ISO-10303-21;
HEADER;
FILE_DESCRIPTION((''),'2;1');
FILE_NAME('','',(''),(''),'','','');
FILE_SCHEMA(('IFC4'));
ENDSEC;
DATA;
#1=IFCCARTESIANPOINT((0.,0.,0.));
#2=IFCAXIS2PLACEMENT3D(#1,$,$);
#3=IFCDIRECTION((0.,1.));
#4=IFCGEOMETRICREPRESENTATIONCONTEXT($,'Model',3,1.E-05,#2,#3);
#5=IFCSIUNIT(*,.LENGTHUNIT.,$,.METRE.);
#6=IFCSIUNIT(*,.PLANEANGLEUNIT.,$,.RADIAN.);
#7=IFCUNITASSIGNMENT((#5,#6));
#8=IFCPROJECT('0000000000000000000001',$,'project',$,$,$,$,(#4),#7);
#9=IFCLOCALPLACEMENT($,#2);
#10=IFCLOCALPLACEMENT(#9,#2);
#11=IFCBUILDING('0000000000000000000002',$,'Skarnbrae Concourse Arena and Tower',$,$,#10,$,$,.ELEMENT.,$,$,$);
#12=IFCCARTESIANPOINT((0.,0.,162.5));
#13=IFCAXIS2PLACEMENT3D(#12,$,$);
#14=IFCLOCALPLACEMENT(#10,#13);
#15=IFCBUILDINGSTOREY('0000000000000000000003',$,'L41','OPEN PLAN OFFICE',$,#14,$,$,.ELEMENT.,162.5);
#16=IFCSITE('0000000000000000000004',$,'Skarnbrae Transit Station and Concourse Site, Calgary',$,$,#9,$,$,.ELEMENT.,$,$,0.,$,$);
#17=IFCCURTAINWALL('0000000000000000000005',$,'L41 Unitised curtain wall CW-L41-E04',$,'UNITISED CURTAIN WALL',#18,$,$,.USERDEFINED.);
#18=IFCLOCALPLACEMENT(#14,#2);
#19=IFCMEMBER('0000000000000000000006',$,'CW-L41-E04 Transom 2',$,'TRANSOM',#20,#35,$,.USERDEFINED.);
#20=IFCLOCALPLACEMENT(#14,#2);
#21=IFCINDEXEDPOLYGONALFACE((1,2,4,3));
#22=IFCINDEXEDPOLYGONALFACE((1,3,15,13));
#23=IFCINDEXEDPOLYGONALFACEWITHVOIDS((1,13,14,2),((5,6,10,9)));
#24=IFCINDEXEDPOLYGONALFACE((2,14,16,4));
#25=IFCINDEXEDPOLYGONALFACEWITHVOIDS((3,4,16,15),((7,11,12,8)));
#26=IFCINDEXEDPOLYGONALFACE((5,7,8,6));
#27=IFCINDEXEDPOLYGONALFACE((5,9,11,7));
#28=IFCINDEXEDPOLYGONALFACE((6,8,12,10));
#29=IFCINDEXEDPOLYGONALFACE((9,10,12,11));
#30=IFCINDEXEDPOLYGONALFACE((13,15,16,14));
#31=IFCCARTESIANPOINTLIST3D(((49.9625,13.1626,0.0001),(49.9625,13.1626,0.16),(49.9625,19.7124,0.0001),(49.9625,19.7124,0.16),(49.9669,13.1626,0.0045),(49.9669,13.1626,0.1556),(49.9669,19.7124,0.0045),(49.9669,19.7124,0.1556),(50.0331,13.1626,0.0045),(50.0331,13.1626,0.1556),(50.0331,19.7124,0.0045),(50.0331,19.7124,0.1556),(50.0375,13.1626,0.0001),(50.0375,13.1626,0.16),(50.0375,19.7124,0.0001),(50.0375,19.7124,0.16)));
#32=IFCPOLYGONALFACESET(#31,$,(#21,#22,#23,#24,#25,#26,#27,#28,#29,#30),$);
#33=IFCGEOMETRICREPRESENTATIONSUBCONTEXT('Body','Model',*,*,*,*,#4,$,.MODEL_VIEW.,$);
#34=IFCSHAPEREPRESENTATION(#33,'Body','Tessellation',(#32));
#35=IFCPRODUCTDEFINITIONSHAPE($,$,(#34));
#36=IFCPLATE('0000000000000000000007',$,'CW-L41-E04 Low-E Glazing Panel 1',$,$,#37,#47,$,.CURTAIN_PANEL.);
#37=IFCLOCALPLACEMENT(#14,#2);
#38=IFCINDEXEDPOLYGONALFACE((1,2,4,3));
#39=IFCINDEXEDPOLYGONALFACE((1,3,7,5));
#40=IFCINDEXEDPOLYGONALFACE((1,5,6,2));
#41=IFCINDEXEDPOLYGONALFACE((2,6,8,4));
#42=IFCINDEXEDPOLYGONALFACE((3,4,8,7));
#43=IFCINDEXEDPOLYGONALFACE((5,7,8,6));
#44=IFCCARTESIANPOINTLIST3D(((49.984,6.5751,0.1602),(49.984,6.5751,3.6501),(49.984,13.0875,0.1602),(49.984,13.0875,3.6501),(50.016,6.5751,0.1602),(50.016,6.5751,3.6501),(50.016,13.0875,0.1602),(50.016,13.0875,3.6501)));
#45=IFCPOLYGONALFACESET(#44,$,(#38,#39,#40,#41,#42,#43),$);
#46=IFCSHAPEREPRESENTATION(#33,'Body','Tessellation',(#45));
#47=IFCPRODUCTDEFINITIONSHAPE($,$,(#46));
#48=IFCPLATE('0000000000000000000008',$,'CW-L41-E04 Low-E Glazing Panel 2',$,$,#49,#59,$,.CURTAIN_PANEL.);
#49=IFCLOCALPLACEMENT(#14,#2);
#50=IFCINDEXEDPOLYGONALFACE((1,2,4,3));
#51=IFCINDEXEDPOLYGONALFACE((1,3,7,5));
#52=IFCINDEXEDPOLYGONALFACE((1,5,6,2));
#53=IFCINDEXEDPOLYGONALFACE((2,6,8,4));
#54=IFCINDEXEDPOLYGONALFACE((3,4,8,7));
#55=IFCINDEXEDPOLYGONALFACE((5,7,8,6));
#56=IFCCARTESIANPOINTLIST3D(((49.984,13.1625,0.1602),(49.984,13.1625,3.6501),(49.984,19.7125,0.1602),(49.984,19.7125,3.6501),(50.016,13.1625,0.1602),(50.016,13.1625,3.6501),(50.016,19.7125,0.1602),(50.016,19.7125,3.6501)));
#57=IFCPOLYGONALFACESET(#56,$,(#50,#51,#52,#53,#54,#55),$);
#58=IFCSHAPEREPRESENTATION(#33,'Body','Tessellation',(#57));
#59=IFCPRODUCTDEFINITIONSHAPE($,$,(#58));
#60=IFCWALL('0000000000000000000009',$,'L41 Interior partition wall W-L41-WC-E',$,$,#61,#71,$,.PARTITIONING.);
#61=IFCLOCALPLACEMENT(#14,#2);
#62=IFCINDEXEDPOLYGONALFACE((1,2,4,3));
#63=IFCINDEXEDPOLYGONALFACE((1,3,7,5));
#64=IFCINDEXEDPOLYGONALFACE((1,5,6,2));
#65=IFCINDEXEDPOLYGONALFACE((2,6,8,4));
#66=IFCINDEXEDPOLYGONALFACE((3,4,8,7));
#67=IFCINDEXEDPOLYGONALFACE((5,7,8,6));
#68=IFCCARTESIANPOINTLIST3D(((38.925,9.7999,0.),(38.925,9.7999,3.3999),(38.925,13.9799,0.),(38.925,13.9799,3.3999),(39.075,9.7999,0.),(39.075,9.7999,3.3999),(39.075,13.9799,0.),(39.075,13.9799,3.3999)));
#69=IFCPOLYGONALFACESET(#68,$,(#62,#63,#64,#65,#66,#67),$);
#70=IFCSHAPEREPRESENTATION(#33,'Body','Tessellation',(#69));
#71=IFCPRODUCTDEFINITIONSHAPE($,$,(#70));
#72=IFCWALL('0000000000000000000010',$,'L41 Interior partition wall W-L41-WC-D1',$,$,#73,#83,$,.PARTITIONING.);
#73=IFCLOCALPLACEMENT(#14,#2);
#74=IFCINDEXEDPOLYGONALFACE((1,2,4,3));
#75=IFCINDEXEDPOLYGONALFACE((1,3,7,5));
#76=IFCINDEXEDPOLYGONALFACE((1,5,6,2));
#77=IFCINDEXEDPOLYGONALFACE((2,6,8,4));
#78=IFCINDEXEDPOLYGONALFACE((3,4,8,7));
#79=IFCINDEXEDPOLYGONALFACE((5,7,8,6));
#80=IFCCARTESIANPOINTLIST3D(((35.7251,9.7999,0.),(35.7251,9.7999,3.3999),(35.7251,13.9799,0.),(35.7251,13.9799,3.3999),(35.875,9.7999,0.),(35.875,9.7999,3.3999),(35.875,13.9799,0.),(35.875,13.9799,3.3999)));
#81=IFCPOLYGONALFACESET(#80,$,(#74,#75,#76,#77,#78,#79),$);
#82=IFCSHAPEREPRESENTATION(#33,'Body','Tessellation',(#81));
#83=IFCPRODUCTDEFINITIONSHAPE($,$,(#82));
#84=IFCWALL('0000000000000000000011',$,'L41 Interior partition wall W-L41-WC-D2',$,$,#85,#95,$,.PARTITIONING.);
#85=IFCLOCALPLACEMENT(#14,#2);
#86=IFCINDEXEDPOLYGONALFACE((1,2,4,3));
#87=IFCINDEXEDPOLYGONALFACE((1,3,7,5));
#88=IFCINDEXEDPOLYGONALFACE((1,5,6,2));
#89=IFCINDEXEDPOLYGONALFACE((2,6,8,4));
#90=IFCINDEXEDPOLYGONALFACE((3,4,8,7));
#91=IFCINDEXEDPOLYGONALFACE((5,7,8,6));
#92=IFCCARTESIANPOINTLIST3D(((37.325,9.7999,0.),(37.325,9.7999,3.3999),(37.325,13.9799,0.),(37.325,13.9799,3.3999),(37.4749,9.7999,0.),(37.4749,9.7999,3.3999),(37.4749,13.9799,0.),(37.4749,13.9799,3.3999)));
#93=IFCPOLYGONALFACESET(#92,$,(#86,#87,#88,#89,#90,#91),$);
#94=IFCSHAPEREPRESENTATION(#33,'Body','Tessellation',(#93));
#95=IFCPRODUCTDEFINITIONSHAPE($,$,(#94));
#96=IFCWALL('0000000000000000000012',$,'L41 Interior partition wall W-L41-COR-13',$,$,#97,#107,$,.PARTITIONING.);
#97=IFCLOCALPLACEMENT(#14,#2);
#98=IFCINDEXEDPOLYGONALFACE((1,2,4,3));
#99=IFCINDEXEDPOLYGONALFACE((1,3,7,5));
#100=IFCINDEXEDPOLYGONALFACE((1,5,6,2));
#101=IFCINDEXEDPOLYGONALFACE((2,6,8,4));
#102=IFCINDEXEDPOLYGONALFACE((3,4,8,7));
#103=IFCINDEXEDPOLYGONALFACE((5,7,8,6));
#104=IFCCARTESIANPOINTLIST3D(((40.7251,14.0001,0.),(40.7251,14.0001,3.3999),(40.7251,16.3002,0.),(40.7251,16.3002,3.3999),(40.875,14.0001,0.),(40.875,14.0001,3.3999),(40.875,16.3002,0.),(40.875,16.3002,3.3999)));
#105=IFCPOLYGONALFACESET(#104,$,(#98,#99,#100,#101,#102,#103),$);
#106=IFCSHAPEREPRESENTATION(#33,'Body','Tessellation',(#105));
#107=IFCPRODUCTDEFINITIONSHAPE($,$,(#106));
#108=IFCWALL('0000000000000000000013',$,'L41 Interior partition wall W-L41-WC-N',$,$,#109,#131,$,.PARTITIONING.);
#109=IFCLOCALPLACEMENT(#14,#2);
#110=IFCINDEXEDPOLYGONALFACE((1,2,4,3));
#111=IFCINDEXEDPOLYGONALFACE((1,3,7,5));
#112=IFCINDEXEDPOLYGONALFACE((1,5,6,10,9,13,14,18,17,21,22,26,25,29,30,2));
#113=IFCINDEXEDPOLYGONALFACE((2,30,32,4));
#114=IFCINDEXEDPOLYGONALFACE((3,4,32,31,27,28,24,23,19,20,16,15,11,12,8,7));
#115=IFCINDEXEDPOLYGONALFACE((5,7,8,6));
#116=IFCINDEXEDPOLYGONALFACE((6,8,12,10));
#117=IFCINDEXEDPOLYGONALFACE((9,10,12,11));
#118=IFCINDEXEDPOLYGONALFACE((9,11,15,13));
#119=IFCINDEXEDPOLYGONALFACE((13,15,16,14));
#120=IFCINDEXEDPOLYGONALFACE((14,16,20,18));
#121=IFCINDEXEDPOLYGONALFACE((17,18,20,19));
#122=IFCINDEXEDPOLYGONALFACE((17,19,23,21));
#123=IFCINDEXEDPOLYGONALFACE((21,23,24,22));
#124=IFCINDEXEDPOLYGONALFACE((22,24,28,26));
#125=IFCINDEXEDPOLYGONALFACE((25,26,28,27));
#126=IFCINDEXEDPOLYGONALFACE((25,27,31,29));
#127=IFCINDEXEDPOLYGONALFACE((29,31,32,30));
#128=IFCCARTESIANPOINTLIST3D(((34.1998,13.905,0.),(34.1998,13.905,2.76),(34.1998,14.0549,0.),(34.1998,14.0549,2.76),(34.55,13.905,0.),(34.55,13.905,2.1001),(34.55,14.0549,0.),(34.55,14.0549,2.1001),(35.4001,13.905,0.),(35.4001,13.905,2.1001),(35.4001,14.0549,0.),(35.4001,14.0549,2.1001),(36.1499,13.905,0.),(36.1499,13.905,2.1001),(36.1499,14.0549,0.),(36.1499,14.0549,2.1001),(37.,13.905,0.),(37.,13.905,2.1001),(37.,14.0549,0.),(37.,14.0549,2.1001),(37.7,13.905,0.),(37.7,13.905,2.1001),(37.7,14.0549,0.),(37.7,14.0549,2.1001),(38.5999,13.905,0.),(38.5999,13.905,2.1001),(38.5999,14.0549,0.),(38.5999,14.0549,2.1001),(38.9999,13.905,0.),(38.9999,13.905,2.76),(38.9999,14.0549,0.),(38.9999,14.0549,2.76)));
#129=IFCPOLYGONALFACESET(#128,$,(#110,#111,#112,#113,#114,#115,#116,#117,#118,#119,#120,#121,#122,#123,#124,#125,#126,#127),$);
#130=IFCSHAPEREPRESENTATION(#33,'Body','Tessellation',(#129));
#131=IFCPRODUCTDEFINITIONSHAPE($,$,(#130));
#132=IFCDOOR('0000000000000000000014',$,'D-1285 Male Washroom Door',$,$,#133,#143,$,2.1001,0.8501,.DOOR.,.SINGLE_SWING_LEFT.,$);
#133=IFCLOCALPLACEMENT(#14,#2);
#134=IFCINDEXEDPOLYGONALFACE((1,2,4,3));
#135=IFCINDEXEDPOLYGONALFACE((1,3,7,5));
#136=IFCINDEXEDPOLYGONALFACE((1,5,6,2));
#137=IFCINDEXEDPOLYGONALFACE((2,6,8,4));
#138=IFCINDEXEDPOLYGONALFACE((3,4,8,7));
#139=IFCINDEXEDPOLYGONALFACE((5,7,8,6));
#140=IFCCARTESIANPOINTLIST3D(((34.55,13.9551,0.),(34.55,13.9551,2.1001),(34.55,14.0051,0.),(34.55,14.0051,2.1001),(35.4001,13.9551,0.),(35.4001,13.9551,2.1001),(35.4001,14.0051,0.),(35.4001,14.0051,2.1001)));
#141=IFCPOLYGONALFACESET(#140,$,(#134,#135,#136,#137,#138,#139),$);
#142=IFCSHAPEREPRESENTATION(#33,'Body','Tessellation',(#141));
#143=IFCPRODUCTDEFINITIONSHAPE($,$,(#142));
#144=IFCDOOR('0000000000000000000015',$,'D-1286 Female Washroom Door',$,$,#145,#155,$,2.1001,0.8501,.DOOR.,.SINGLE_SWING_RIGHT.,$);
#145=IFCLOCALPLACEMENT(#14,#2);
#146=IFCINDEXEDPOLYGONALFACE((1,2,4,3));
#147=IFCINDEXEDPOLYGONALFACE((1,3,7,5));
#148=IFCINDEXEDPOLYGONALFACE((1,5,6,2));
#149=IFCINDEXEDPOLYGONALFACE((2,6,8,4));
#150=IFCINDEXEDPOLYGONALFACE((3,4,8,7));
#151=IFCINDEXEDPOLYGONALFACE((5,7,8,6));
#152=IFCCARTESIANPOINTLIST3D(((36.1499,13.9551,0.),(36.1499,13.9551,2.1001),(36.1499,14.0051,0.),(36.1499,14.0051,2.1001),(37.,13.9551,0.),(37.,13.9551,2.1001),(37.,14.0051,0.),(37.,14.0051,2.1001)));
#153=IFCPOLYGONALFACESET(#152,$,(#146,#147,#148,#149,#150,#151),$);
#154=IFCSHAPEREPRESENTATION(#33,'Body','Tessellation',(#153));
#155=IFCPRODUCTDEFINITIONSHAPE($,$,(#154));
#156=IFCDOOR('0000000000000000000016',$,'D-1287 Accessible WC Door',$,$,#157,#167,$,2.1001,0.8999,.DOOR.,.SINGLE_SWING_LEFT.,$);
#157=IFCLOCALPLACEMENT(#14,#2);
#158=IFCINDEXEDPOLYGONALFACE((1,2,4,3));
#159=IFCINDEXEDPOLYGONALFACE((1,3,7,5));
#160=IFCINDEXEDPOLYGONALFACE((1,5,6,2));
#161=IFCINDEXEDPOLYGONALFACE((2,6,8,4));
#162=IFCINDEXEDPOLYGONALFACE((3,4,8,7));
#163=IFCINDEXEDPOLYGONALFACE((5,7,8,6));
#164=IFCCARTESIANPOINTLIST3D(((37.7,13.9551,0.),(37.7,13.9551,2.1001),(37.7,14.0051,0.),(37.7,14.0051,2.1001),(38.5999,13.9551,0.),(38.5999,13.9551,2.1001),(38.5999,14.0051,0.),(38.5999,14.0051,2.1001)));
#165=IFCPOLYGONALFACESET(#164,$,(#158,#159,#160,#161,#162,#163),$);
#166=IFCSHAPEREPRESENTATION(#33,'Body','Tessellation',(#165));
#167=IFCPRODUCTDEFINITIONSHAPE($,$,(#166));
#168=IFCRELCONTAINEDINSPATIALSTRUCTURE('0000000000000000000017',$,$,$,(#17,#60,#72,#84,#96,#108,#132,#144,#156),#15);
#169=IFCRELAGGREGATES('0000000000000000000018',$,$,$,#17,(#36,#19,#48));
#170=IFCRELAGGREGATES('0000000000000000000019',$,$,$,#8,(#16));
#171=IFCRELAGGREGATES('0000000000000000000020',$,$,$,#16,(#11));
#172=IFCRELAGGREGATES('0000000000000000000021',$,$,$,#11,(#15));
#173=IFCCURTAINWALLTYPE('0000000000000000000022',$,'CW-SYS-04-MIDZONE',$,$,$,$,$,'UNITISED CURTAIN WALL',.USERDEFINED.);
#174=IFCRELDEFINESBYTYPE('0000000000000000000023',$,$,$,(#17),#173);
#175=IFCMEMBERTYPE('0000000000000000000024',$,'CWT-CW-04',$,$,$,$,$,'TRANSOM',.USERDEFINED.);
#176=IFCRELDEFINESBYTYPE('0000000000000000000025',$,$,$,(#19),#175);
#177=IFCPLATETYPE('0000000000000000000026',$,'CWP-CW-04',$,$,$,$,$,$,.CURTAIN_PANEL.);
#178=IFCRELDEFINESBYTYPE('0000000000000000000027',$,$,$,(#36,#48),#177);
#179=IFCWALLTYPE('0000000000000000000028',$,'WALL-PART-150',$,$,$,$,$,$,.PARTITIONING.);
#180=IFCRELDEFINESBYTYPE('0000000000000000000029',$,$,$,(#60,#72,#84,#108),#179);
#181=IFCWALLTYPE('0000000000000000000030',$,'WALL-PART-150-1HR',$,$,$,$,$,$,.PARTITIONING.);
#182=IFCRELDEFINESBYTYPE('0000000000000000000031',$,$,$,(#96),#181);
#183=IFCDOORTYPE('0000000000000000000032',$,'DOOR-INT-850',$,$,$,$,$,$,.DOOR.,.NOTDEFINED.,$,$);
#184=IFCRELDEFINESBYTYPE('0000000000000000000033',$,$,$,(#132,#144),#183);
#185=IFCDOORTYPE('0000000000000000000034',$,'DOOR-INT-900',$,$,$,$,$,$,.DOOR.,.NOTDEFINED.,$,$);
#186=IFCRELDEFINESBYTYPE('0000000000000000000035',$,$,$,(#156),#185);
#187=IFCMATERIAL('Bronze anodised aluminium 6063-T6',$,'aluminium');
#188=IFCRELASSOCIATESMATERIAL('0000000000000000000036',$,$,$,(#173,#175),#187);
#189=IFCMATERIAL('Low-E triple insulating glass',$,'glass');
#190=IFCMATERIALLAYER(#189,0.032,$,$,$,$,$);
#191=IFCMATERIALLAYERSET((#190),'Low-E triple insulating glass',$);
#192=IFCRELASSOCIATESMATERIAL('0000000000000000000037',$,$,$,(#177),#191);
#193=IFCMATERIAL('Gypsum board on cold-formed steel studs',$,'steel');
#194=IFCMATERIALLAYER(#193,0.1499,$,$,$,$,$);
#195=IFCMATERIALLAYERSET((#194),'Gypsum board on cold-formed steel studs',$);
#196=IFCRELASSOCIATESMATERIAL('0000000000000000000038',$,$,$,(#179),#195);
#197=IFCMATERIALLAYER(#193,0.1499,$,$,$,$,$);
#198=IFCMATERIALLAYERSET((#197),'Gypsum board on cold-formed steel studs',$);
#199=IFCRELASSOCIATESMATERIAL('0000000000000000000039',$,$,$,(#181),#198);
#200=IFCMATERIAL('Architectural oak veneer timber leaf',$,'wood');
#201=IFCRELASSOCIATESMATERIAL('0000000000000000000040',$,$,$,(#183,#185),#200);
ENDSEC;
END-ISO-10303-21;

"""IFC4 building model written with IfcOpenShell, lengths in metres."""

from ifc_helpers import new_model, si_unit, direction, frame, frame_2d, origin, origin_2d, place, context, subcontext, project, spatial, rectangle, hollow_rectangle, extrude, source, transform, mapped, material, layer, layer_set, material_profile, profile_set, type_object, element, fill, aggregate, save


model = new_model("IFC4")

# Units and contexts
model_context = context("Model", 3, precision=1e-05, world=origin(), true_north=direction((0.0, 1.0)))
body_context = subcontext(model_context, "Body", "Model", "MODEL_VIEW")
ifc_project = project(units=[si_unit("LENGTHUNIT", "METRE"), si_unit("PLANEANGLEUNIT", "RADIAN")], contexts=[model_context])

# Site, building, storey
site_placement = place(None, origin())
site = spatial("IfcSite", under=ifc_project, at=site_placement, Name="Skarnbrae Transit Station and Concourse Site, Calgary", CompositionType="ELEMENT", RefElevation=0.0)
building_placement = place(site_placement, origin())
building = spatial("IfcBuilding", under=site, at=building_placement, Name="Skarnbrae Concourse Arena and Tower", CompositionType="ELEMENT")
storey_placement = place(building_placement, frame((0.0, 0.0, 162.5)))
storey = spatial("IfcBuildingStorey", under=building, at=storey_placement, Name="L41", Description="OPEN PLAN OFFICE", CompositionType="ELEMENT", Elevation=162.5)

# Curtain wall, member, plates
ifc_material_1 = material(Name="Bronze anodised aluminium 6063-T6", Category="aluminium")
curtain_wall_type = type_object("IfcCurtainWallType", Name="CW-SYS-04-MIDZONE", ElementType="UNITISED CURTAIN WALL", PredefinedType="USERDEFINED", material=ifc_material_1)
curtain_wall_placement = place(storey_placement, origin())
curtain_wall = element("IfcCurtainWall", 1, at=curtain_wall_placement, inside=storey, type_object=curtain_wall_type, Name="L41 Unitised curtain wall CW-L41-E04", ObjectType="UNITISED CURTAIN WALL", PredefinedType="USERDEFINED")
ifc_material_profile_1 = material_profile(ifc_material_1, hollow_rectangle(XDim=0.075, YDim=0.1599, WallThickness=0.0044, at=origin_2d()), Name="ALU-TRAN-75X160")
ifc_profile_set_1 = profile_set([ifc_material_profile_1], Name="Bronze anodised aluminium 6063-T6")
member_type_1 = type_object("IfcMemberType", Name="CWT-CW-04", ElementType="TRANSOM", PredefinedType="USERDEFINED", material=ifc_profile_set_1)
shared_shape_1 = source(origin(), body_context, "Body", "SweptSolid", [
    extrude(hollow_rectangle(XDim=0.075, YDim=0.1599, WallThickness=0.0044, at=origin_2d()), origin(), (0.0, 0.0, 1.0), 6.5498),
])
member_1_placement = place(storey_placement, frame((50.0, 13.1626, 0.0801), z_axis=(0.0, 1.0, 0.0), x_axis=(-1.0, 0.0, 0.0)))
member_1 = element("IfcMember", 2, at=member_1_placement, type_object=member_type_1, Name="CW-L41-E04 Transom 2", ObjectType="TRANSOM", PredefinedType="USERDEFINED", context=body_context, shape_type="MappedRepresentation", body=[
    mapped(shared_shape_1, transform((0.0, 0.0, 0.0))),
])
ifc_material_2 = material(Name="Low-E triple insulating glass", Category="glass")
ifc_layer_1 = layer(ifc_material_2, 0.032)
ifc_layer_set_1 = layer_set([ifc_layer_1], Name="Low-E triple insulating glass")
plate_type = type_object("IfcPlateType", Name="CWP-CW-04", PredefinedType="CURTAIN_PANEL", material=ifc_layer_set_1)
shared_shape_2 = source(origin(), body_context, "Body", "SweptSolid", [
    extrude(rectangle(XDim=6.5125, YDim=0.032, at=origin_2d()), origin(), (0.0, 0.0, 1.0), 3.49),
])
plate_1_placement = place(storey_placement, frame((50.0, 9.8313, 0.1602), z_axis=(0.0, 0.0, 1.0), x_axis=(0.0, 1.0, 0.0)))
plate_1 = element("IfcPlate", 3, at=plate_1_placement, type_object=plate_type, Name="CW-L41-E04 Low-E Glazing Panel 1", PredefinedType="CURTAIN_PANEL", context=body_context, shape_type="MappedRepresentation", body=[
    mapped(shared_shape_2, transform((0.0, 0.0, 0.0))),
])
shared_shape_3 = source(origin(), body_context, "Body", "SweptSolid", [
    extrude(rectangle(XDim=6.55, YDim=0.032, at=origin_2d()), origin(), (0.0, 0.0, 1.0), 3.49),
])
plate_2_placement = place(storey_placement, frame((50.0, 16.4375, 0.1602), z_axis=(0.0, 0.0, 1.0), x_axis=(0.0, 1.0, 0.0)))
plate_2 = element("IfcPlate", 4, at=plate_2_placement, type_object=plate_type, Name="CW-L41-E04 Low-E Glazing Panel 2", PredefinedType="CURTAIN_PANEL", context=body_context, shape_type="MappedRepresentation", body=[
    mapped(shared_shape_3, transform((0.0, 0.0, 0.0))),
])
aggregate(curtain_wall, [plate_1, member_1, plate_2])

# Walls
ifc_material_3 = material(Name="Gypsum board on cold-formed steel studs", Category="steel")
ifc_layer_2 = layer(ifc_material_3, 0.1499)
ifc_layer_set_2 = layer_set([ifc_layer_2], Name="Gypsum board on cold-formed steel studs")
wall_type_1 = type_object("IfcWallType", Name="WALL-PART-150", PredefinedType="PARTITIONING", material=ifc_layer_set_2)
shared_shape_4 = source(origin(), body_context, "Body", "SweptSolid", [
    extrude(rectangle(XDim=4.1799, YDim=0.1499, at=frame_2d((2.0898, 0.0))), origin(), (0.0, 0.0, 1.0), 3.3999),
])
for number, where, z_axis, x_axis, name in (
    (5, (39.0, 9.8, 0.0), (0.0, 0.0, 1.0), (0.0, 1.0, 0.0), "L41 Interior partition wall W-L41-WC-E"),
    (6, (35.8, 9.8, 0.0), (0.0, 0.0, 1.0), (0.0, 1.0, 0.0), "L41 Interior partition wall W-L41-WC-D1"),
    (7, (37.3999, 9.8, 0.0), (0.0, 0.0, 1.0), (0.0, 1.0, 0.0), "L41 Interior partition wall W-L41-WC-D2"),
):
    element("IfcWall", number, at=place(storey_placement, frame(where, z_axis=z_axis, x_axis=x_axis)), inside=storey, type_object=wall_type_1, Name=name, PredefinedType="PARTITIONING", context=body_context, shape_type="MappedRepresentation", body=[
        mapped(shared_shape_4, transform((0.0, 0.0, 0.0))),
    ])
ifc_layer_3 = layer(ifc_material_3, 0.1499)
ifc_layer_set_3 = layer_set([ifc_layer_3], Name="Gypsum board on cold-formed steel studs")
wall_type_2 = type_object("IfcWallType", Name="WALL-PART-150-1HR", PredefinedType="PARTITIONING", material=ifc_layer_set_3)
shared_shape_5 = source(origin(), body_context, "Body", "SweptSolid", [
    extrude(rectangle(XDim=2.3, YDim=0.1499, at=frame_2d((1.1499, 0.0))), origin(), (0.0, 0.0, 1.0), 3.3999),
])
wall_1_placement = place(storey_placement, frame((40.8, 16.3, 0.0), z_axis=(0.0, 0.0, 1.0), x_axis=(0.0, -1.0, 0.0)))
element("IfcWall", 8, at=wall_1_placement, inside=storey, type_object=wall_type_2, Name="L41 Interior partition wall W-L41-COR-13", PredefinedType="PARTITIONING", context=body_context, shape_type="MappedRepresentation", body=[
    mapped(shared_shape_5, transform((0.0, 0.0, 0.0))),
])

# Wall, openings, doors
shared_shape_6 = source(origin(), body_context, "Body", "SweptSolid", [
    extrude(rectangle(XDim=4.8, YDim=0.1499, at=frame_2d((2.3999, 0.0))), origin(), (0.0, 0.0, 1.0), 2.76),
])
wall_2_placement = place(storey_placement, frame((34.2, 13.98, 0.0), z_axis=(0.0, 0.0, 1.0), x_axis=(1.0, 0.0, 0.0)))
wall_2 = element("IfcWall", 9, at=wall_2_placement, inside=storey, type_object=wall_type_1, Name="L41 Interior partition wall W-L41-WC-N", PredefinedType="PARTITIONING", context=body_context, shape_type="MappedRepresentation", body=[
    mapped(shared_shape_6, transform((0.0, 0.0, 0.0))),
])
opening_1_placement = place(wall_2_placement, frame((0.3501, 0.0, 0.0)))
opening_1 = element("IfcOpeningElement", 10, at=opening_1_placement, cuts=wall_2, PredefinedType="OPENING", context=body_context, shape_type="SweptSolid", body=[
    extrude(rectangle(XDim=0.8501, YDim=2.1001, at=frame_2d((0.425, 1.05))), frame((0.0, 0.085, 0.0), z_axis=(0.0, -1.0, 0.0), x_axis=(1.0, 0.0, 0.0)), (0.0, 0.0, 1.0), 0.1699),
])
opening_2_placement = place(wall_2_placement, frame((1.95, 0.0, 0.0)))
opening_2 = element("IfcOpeningElement", 11, at=opening_2_placement, cuts=wall_2, PredefinedType="OPENING", context=body_context, shape_type="SweptSolid", body=[
    extrude(rectangle(XDim=0.8501, YDim=2.1001, at=frame_2d((0.425, 1.05))), frame((0.0, 0.085, 0.0), z_axis=(0.0, -1.0, 0.0), x_axis=(1.0, 0.0, 0.0)), (0.0, 0.0, 1.0), 0.1699),
])
opening_3_placement = place(wall_2_placement, frame((3.5, 0.0, 0.0)))
opening_3 = element("IfcOpeningElement", 12, at=opening_3_placement, cuts=wall_2, PredefinedType="OPENING", context=body_context, shape_type="SweptSolid", body=[
    extrude(rectangle(XDim=0.8999, YDim=2.1001, at=frame_2d((0.45, 1.05))), frame((0.0, 0.085, 0.0), z_axis=(0.0, -1.0, 0.0), x_axis=(1.0, 0.0, 0.0)), (0.0, 0.0, 1.0), 0.1699),
])
ifc_material_4 = material(Name="Architectural oak veneer timber leaf", Category="wood")
door_type_1 = type_object("IfcDoorType", Name="DOOR-INT-850", OperationType="NOTDEFINED", PredefinedType="DOOR", material=ifc_material_4)
shared_shape_7 = source(origin(), body_context, "Body", "SweptSolid", [
    extrude(rectangle(XDim=0.8501, YDim=2.1001, at=frame_2d((0.425, 1.05))), frame((0.0, 0.0249, 0.0), z_axis=(0.0, -1.0, 0.0), x_axis=(1.0, 0.0, 0.0)), (0.0, 0.0, 1.0), 0.05),
])
door_1_placement = place(opening_1_placement, frame((0.8501, 0.0, 0.0), z_axis=(0.0, 0.0, 1.0), x_axis=(-1.0, 0.0, 0.0)))
door_1 = element("IfcDoor", 13, at=door_1_placement, inside=storey, type_object=door_type_1, Name="D-1285 Male Washroom Door", OperationType="SINGLE_SWING_LEFT", OverallHeight=2.1001, OverallWidth=0.8501, PredefinedType="DOOR", context=body_context, shape_type="MappedRepresentation", body=[
    mapped(shared_shape_7, transform((0.0, 0.0, 0.0))),
])
fill(opening_1, door_1)
door_2_placement = place(opening_2_placement, frame((0.8501, 0.0, 0.0), z_axis=(0.0, 0.0, 1.0), x_axis=(-1.0, 0.0, 0.0)))
door_2 = element("IfcDoor", 14, at=door_2_placement, inside=storey, type_object=door_type_1, Name="D-1286 Female Washroom Door", OperationType="SINGLE_SWING_RIGHT", OverallHeight=2.1001, OverallWidth=0.8501, PredefinedType="DOOR", context=body_context, shape_type="MappedRepresentation", body=[
    mapped(shared_shape_7, transform((0.0, 0.0, 0.0))),
])
fill(opening_2, door_2)
door_type_2 = type_object("IfcDoorType", Name="DOOR-INT-900", OperationType="NOTDEFINED", PredefinedType="DOOR", material=ifc_material_4)
shared_shape_8 = source(origin(), body_context, "Body", "SweptSolid", [
    extrude(rectangle(XDim=0.8999, YDim=2.1001, at=frame_2d((0.45, 1.05))), frame((0.0, 0.0249, 0.0), z_axis=(0.0, -1.0, 0.0), x_axis=(1.0, 0.0, 0.0)), (0.0, 0.0, 1.0), 0.05),
])
door_3_placement = place(opening_3_placement, frame((0.8999, 0.0, 0.0), z_axis=(0.0, 0.0, 1.0), x_axis=(-1.0, 0.0, 0.0)))
door_3 = element("IfcDoor", 15, at=door_3_placement, inside=storey, type_object=door_type_2, Name="D-1287 Accessible WC Door", OperationType="SINGLE_SWING_LEFT", OverallHeight=2.1001, OverallWidth=0.8999, PredefinedType="DOOR", context=body_context, shape_type="MappedRepresentation", body=[
    mapped(shared_shape_8, transform((0.0, 0.0, 0.0))),
])
fill(opening_3, door_3)

save(model, "model.ifc")
